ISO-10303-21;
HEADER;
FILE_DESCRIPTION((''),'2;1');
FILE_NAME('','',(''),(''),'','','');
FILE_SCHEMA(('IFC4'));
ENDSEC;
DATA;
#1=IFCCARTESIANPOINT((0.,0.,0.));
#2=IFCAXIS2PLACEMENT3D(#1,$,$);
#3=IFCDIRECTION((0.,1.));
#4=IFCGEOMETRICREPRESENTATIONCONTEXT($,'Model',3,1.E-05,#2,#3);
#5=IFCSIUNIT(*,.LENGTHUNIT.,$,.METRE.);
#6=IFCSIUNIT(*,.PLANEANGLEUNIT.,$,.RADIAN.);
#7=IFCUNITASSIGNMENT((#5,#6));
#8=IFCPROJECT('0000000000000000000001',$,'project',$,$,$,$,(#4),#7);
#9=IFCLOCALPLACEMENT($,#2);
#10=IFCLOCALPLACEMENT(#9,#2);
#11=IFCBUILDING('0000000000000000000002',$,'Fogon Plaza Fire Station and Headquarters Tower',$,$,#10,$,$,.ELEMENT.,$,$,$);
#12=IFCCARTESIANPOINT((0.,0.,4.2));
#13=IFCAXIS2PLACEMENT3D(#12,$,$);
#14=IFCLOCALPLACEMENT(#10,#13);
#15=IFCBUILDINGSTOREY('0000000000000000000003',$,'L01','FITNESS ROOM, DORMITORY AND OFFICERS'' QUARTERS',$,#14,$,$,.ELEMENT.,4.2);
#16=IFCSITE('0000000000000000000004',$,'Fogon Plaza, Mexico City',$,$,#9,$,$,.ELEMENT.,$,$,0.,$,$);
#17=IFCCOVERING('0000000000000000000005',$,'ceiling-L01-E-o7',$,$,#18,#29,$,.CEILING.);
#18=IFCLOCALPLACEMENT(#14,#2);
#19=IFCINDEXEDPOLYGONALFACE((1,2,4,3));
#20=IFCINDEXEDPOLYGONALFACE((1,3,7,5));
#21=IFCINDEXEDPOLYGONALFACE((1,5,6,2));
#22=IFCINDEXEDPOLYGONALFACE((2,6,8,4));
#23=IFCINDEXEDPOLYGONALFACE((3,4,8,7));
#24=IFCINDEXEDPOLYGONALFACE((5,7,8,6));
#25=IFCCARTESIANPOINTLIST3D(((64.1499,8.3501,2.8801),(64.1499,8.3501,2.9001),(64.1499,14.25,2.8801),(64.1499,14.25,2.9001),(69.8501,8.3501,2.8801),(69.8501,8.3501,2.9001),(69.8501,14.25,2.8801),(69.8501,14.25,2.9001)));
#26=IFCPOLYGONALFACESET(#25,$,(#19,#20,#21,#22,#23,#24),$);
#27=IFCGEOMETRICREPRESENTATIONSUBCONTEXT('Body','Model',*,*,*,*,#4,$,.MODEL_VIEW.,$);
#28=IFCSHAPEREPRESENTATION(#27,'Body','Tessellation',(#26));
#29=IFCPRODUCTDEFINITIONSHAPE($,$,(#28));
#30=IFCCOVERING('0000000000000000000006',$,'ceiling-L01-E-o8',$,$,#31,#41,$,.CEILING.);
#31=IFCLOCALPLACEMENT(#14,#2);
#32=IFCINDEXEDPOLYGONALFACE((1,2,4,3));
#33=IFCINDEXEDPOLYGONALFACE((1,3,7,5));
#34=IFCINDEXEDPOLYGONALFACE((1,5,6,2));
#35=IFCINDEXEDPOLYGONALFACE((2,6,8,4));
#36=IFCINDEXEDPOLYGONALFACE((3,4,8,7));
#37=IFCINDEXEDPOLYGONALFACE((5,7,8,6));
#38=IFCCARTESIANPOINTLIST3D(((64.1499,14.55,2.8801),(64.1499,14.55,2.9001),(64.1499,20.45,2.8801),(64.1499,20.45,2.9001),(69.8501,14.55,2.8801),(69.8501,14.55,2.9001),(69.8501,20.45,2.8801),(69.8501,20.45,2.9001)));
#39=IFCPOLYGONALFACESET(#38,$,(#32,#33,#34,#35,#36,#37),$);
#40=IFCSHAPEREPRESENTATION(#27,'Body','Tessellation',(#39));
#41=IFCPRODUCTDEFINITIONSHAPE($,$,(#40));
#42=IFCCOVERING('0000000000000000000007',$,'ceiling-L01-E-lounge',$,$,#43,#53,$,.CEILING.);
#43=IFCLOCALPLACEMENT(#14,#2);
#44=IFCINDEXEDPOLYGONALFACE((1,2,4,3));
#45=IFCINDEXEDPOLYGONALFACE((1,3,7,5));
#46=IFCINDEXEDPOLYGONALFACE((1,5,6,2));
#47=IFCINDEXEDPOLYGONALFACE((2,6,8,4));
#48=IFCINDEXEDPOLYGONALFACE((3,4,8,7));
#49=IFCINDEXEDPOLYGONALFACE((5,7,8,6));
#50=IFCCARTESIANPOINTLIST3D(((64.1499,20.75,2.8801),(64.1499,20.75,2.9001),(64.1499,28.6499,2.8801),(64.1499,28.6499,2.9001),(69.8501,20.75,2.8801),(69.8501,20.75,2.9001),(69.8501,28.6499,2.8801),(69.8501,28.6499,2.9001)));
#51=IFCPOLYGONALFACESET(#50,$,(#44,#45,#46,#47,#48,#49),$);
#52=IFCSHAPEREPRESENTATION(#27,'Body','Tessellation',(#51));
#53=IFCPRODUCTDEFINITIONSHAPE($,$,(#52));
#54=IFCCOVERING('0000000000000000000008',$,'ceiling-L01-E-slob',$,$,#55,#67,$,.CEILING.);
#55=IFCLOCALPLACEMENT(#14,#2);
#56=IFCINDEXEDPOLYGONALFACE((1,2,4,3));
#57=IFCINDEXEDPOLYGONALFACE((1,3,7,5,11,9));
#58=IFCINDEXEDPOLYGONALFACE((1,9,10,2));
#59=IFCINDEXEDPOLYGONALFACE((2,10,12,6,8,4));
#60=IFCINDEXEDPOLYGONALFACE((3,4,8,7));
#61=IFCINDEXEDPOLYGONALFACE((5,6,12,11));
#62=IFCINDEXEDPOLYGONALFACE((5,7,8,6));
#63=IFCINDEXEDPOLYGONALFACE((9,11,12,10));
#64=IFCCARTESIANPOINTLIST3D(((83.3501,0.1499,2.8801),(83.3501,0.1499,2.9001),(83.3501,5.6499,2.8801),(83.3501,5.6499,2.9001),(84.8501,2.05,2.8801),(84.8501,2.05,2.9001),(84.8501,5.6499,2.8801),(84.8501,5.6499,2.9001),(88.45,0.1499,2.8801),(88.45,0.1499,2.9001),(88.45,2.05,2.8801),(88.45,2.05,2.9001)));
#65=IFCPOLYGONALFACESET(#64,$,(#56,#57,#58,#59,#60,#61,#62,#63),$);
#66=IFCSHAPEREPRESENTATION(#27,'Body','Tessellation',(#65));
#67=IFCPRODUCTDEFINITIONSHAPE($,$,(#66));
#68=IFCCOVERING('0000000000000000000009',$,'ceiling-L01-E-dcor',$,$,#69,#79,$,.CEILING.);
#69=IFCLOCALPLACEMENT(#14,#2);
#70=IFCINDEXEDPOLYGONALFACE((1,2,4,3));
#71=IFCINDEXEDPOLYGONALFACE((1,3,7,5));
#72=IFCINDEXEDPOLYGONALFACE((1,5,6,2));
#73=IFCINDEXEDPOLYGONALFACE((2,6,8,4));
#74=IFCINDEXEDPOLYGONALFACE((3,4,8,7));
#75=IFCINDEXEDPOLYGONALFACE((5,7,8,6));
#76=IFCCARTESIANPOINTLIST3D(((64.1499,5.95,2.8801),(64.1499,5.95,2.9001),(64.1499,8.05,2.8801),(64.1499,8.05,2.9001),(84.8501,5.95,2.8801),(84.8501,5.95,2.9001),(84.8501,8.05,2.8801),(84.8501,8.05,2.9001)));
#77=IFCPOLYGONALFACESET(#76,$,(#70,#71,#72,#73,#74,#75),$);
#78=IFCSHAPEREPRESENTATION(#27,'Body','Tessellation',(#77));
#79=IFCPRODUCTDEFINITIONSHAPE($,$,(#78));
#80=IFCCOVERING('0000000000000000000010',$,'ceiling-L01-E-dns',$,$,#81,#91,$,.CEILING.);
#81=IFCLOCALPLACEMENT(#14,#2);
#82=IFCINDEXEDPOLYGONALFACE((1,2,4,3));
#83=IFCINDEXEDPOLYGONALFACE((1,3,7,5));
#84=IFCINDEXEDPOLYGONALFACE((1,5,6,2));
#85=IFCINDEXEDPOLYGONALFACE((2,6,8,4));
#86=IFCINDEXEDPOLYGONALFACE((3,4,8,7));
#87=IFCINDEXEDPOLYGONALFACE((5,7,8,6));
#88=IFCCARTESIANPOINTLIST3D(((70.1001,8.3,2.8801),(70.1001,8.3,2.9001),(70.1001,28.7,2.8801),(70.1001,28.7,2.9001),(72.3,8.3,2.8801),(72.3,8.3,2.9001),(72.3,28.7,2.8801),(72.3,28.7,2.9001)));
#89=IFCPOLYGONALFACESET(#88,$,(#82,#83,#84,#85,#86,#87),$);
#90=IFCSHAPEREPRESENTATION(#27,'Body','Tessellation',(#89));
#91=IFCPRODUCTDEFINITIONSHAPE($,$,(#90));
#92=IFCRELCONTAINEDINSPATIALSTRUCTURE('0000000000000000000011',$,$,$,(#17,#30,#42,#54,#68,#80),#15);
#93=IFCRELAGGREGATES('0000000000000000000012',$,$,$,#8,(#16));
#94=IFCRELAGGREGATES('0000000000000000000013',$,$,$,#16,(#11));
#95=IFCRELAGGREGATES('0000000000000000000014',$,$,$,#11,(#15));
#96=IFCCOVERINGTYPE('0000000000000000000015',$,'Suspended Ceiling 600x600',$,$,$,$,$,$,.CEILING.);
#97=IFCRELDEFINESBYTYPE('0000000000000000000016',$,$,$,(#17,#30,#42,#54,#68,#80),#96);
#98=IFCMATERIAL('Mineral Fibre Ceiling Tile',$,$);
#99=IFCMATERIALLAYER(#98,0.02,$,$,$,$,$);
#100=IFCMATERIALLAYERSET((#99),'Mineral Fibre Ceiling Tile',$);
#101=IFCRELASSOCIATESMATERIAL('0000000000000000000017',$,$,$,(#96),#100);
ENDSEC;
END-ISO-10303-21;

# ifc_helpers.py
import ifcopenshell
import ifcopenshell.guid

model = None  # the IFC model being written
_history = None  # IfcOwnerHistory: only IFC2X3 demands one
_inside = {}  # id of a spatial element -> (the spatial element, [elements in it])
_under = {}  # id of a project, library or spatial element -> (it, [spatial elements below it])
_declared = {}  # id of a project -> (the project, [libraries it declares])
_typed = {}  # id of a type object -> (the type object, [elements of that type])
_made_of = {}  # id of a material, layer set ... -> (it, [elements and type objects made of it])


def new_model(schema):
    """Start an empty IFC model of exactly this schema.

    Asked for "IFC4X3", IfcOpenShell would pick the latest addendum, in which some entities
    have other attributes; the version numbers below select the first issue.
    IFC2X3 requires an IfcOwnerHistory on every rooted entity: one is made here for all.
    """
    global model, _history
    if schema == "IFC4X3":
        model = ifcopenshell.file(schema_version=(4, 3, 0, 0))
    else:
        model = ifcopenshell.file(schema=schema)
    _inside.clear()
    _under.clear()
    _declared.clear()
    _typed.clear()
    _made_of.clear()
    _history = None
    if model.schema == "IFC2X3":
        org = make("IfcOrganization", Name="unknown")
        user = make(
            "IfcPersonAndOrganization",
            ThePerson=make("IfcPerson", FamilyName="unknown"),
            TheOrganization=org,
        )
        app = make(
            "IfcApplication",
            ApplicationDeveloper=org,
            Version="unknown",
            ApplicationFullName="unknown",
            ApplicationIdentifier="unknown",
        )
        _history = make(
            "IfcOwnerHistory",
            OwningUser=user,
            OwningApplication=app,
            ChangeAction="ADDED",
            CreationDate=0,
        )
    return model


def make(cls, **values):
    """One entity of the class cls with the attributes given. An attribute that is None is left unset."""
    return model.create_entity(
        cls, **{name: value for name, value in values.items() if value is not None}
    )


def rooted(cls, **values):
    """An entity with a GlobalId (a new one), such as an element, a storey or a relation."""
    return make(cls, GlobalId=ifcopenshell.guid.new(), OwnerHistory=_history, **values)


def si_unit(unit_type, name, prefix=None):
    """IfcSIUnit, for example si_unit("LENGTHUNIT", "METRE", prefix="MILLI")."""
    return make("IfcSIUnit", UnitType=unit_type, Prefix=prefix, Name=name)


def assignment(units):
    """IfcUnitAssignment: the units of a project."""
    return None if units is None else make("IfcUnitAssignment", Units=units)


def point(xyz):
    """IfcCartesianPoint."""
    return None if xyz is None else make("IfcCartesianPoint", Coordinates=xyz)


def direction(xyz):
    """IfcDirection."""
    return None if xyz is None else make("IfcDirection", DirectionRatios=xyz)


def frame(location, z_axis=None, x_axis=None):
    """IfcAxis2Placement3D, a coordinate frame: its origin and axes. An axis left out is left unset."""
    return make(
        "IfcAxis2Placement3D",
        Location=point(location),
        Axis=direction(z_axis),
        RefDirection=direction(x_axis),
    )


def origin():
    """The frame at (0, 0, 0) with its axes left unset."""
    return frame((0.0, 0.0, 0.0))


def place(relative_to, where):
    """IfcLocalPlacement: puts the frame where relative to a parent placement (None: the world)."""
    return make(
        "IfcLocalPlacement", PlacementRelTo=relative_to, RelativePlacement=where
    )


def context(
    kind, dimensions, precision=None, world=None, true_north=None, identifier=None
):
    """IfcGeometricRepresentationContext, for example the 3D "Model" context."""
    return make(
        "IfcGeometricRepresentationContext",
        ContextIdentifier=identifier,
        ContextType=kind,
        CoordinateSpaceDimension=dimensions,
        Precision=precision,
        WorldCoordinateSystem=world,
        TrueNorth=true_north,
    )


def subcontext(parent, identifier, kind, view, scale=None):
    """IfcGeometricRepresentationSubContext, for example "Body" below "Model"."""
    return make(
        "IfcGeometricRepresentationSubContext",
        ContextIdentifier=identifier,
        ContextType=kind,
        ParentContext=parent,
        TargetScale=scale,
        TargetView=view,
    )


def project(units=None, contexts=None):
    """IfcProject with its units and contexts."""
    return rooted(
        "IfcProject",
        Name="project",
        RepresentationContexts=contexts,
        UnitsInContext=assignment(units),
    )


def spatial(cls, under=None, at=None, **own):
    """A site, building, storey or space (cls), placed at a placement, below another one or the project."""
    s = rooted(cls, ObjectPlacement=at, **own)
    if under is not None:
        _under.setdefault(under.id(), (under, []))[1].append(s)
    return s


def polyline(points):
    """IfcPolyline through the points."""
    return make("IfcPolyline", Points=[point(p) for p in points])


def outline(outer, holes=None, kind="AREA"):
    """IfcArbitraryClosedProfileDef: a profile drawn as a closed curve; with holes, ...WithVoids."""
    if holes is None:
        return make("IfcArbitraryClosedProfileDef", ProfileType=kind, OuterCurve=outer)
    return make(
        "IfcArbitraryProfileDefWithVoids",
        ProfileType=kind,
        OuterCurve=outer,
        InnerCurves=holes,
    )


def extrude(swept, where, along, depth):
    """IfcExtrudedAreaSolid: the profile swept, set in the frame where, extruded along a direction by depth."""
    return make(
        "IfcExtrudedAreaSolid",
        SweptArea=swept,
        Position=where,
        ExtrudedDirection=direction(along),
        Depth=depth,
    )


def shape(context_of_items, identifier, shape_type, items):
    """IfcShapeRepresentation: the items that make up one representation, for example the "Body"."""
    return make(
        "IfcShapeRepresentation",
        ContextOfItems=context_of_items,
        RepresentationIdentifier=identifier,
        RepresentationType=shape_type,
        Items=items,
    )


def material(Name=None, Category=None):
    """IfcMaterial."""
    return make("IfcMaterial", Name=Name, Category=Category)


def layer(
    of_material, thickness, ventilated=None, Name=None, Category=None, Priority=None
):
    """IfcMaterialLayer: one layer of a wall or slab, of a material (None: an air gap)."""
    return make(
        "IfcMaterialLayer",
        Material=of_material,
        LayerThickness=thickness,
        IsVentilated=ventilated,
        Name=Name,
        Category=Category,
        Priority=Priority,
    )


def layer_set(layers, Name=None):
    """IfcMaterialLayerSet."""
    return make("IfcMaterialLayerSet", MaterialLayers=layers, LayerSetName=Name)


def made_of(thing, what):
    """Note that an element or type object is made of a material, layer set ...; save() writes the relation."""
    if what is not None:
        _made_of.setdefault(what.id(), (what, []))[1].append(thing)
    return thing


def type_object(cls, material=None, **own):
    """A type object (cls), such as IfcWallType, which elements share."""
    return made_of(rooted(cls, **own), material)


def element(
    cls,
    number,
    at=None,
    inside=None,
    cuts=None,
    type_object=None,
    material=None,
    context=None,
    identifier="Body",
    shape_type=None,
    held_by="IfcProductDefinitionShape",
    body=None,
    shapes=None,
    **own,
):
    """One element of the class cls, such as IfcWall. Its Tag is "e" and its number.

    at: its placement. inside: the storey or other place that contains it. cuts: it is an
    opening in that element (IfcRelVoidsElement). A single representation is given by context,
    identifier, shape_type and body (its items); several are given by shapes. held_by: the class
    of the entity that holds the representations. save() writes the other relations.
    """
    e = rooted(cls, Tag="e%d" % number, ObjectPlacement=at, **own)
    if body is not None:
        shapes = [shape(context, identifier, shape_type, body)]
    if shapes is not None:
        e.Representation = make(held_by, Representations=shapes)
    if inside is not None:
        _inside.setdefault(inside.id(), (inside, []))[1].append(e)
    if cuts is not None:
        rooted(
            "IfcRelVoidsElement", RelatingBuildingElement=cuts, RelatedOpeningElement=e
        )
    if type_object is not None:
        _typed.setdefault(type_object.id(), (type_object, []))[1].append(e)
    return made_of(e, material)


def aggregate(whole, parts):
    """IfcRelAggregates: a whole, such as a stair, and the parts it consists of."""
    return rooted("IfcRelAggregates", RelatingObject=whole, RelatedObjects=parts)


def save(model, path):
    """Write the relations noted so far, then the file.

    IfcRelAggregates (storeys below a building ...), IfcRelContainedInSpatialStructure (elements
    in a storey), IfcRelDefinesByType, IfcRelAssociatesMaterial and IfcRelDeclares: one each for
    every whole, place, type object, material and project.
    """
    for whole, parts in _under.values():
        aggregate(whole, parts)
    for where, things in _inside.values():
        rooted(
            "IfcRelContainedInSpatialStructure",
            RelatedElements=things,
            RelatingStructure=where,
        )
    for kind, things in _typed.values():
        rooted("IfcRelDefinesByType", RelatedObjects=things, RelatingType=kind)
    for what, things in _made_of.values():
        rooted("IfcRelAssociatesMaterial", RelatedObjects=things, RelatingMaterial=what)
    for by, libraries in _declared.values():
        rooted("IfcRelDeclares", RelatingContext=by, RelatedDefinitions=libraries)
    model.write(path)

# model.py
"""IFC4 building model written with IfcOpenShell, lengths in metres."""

from ifc_helpers import new_model, si_unit, direction, frame, origin, place, context, subcontext, project, spatial, polyline, outline, extrude, material, layer, layer_set, type_object, element, save


model = new_model("IFC4")

# Units and contexts
model_context = context("Model", 3, precision=1e-05, world=origin(), true_north=direction((0.0, 1.0)))
body_context = subcontext(model_context, "Body", "Model", "MODEL_VIEW")
ifc_project = project(units=[si_unit("LENGTHUNIT", "METRE"), si_unit("PLANEANGLEUNIT", "RADIAN")], contexts=[model_context])

# Site, building, storey
site_placement = place(None, origin())
site = spatial("IfcSite", under=ifc_project, at=site_placement, Name="Fogon Plaza, Mexico City", CompositionType="ELEMENT", RefElevation=0.0)
building_placement = place(site_placement, origin())
building = spatial("IfcBuilding", under=site, at=building_placement, Name="Fogon Plaza Fire Station and Headquarters Tower", CompositionType="ELEMENT")
storey_placement = place(building_placement, frame((0.0, 0.0, 4.2)))
storey = spatial("IfcBuildingStorey", under=building, at=storey_placement, Name="L01", Description="FITNESS ROOM, DORMITORY AND OFFICERS' QUARTERS", CompositionType="ELEMENT", Elevation=4.2)

# Coverings
ifc_material_1 = material(Name="Mineral Fibre Ceiling Tile")
ifc_layer_1 = layer(ifc_material_1, 0.02)
ifc_layer_set_1 = layer_set([ifc_layer_1], Name="Mineral Fibre Ceiling Tile")
covering_type_1 = type_object("IfcCoveringType", Name="Suspended Ceiling 600x600", PredefinedType="CEILING", material=ifc_layer_set_1)
covering_1_placement = place(storey_placement, frame((0.0, 0.0, 2.8801)))
element("IfcCovering", 1, at=covering_1_placement, inside=storey, type_object=covering_type_1, Name="ceiling-L01-E-o7", PredefinedType="CEILING", context=body_context, shape_type="SweptSolid", body=[
    extrude(outline(polyline([(64.1499, 8.3501), (64.1499, 14.25), (69.8501, 14.25), (69.8501, 8.3501), (64.1499, 8.3501)])), origin(), (0.0, 0.0, 1.0), 0.02),
])
covering_2_placement = place(storey_placement, frame((0.0, 0.0, 2.8801)))
element("IfcCovering", 2, at=covering_2_placement, inside=storey, type_object=covering_type_1, Name="ceiling-L01-E-o8", PredefinedType="CEILING", context=body_context, shape_type="SweptSolid", body=[
    extrude(outline(polyline([(64.1499, 14.55), (64.1499, 20.45), (69.8501, 20.45), (69.8501, 14.55), (64.1499, 14.55)])), origin(), (0.0, 0.0, 1.0), 0.02),
])
covering_3_placement = place(storey_placement, frame((0.0, 0.0, 2.8801)))
element("IfcCovering", 3, at=covering_3_placement, inside=storey, type_object=covering_type_1, Name="ceiling-L01-E-lounge", PredefinedType="CEILING", context=body_context, shape_type="SweptSolid", body=[
    extrude(outline(polyline([(64.1499, 20.75), (64.1499, 28.6499), (69.8501, 28.6499), (69.8501, 20.75), (64.1499, 20.75)])), origin(), (0.0, 0.0, 1.0), 0.02),
])
covering_4_placement = place(storey_placement, frame((0.0, 0.0, 2.8801)))
element("IfcCovering", 4, at=covering_4_placement, inside=storey, type_object=covering_type_1, Name="ceiling-L01-E-slob", PredefinedType="CEILING", context=body_context, shape_type="SweptSolid", body=[
    extrude(outline(polyline([(83.3501, 0.1499), (83.3501, 5.6499), (84.8501, 5.6499), (84.8501, 2.05), (88.45, 2.05), (88.45, 0.1499), (83.3501, 0.1499)])), origin(), (0.0, 0.0, 1.0), 0.02),
])
covering_5_placement = place(storey_placement, frame((0.0, 0.0, 2.8801)))
element("IfcCovering", 5, at=covering_5_placement, inside=storey, type_object=covering_type_1, Name="ceiling-L01-E-dcor", PredefinedType="CEILING", context=body_context, shape_type="SweptSolid", body=[
    extrude(outline(polyline([(64.1499, 5.95), (64.1499, 8.05), (84.8501, 8.05), (84.8501, 5.95), (64.1499, 5.95)])), origin(), (0.0, 0.0, 1.0), 0.02),
])
covering_6_placement = place(storey_placement, frame((0.0, 0.0, 2.8801)))
element("IfcCovering", 6, at=covering_6_placement, inside=storey, type_object=covering_type_1, Name="ceiling-L01-E-dns", PredefinedType="CEILING", context=body_context, shape_type="SweptSolid", body=[
    extrude(outline(polyline([(70.1001, 8.3), (70.1001, 28.7), (72.3, 28.7), (72.3, 8.3), (70.1001, 8.3)])), origin(), (0.0, 0.0, 1.0), 0.02),
])

save(model, "model.ifc")
